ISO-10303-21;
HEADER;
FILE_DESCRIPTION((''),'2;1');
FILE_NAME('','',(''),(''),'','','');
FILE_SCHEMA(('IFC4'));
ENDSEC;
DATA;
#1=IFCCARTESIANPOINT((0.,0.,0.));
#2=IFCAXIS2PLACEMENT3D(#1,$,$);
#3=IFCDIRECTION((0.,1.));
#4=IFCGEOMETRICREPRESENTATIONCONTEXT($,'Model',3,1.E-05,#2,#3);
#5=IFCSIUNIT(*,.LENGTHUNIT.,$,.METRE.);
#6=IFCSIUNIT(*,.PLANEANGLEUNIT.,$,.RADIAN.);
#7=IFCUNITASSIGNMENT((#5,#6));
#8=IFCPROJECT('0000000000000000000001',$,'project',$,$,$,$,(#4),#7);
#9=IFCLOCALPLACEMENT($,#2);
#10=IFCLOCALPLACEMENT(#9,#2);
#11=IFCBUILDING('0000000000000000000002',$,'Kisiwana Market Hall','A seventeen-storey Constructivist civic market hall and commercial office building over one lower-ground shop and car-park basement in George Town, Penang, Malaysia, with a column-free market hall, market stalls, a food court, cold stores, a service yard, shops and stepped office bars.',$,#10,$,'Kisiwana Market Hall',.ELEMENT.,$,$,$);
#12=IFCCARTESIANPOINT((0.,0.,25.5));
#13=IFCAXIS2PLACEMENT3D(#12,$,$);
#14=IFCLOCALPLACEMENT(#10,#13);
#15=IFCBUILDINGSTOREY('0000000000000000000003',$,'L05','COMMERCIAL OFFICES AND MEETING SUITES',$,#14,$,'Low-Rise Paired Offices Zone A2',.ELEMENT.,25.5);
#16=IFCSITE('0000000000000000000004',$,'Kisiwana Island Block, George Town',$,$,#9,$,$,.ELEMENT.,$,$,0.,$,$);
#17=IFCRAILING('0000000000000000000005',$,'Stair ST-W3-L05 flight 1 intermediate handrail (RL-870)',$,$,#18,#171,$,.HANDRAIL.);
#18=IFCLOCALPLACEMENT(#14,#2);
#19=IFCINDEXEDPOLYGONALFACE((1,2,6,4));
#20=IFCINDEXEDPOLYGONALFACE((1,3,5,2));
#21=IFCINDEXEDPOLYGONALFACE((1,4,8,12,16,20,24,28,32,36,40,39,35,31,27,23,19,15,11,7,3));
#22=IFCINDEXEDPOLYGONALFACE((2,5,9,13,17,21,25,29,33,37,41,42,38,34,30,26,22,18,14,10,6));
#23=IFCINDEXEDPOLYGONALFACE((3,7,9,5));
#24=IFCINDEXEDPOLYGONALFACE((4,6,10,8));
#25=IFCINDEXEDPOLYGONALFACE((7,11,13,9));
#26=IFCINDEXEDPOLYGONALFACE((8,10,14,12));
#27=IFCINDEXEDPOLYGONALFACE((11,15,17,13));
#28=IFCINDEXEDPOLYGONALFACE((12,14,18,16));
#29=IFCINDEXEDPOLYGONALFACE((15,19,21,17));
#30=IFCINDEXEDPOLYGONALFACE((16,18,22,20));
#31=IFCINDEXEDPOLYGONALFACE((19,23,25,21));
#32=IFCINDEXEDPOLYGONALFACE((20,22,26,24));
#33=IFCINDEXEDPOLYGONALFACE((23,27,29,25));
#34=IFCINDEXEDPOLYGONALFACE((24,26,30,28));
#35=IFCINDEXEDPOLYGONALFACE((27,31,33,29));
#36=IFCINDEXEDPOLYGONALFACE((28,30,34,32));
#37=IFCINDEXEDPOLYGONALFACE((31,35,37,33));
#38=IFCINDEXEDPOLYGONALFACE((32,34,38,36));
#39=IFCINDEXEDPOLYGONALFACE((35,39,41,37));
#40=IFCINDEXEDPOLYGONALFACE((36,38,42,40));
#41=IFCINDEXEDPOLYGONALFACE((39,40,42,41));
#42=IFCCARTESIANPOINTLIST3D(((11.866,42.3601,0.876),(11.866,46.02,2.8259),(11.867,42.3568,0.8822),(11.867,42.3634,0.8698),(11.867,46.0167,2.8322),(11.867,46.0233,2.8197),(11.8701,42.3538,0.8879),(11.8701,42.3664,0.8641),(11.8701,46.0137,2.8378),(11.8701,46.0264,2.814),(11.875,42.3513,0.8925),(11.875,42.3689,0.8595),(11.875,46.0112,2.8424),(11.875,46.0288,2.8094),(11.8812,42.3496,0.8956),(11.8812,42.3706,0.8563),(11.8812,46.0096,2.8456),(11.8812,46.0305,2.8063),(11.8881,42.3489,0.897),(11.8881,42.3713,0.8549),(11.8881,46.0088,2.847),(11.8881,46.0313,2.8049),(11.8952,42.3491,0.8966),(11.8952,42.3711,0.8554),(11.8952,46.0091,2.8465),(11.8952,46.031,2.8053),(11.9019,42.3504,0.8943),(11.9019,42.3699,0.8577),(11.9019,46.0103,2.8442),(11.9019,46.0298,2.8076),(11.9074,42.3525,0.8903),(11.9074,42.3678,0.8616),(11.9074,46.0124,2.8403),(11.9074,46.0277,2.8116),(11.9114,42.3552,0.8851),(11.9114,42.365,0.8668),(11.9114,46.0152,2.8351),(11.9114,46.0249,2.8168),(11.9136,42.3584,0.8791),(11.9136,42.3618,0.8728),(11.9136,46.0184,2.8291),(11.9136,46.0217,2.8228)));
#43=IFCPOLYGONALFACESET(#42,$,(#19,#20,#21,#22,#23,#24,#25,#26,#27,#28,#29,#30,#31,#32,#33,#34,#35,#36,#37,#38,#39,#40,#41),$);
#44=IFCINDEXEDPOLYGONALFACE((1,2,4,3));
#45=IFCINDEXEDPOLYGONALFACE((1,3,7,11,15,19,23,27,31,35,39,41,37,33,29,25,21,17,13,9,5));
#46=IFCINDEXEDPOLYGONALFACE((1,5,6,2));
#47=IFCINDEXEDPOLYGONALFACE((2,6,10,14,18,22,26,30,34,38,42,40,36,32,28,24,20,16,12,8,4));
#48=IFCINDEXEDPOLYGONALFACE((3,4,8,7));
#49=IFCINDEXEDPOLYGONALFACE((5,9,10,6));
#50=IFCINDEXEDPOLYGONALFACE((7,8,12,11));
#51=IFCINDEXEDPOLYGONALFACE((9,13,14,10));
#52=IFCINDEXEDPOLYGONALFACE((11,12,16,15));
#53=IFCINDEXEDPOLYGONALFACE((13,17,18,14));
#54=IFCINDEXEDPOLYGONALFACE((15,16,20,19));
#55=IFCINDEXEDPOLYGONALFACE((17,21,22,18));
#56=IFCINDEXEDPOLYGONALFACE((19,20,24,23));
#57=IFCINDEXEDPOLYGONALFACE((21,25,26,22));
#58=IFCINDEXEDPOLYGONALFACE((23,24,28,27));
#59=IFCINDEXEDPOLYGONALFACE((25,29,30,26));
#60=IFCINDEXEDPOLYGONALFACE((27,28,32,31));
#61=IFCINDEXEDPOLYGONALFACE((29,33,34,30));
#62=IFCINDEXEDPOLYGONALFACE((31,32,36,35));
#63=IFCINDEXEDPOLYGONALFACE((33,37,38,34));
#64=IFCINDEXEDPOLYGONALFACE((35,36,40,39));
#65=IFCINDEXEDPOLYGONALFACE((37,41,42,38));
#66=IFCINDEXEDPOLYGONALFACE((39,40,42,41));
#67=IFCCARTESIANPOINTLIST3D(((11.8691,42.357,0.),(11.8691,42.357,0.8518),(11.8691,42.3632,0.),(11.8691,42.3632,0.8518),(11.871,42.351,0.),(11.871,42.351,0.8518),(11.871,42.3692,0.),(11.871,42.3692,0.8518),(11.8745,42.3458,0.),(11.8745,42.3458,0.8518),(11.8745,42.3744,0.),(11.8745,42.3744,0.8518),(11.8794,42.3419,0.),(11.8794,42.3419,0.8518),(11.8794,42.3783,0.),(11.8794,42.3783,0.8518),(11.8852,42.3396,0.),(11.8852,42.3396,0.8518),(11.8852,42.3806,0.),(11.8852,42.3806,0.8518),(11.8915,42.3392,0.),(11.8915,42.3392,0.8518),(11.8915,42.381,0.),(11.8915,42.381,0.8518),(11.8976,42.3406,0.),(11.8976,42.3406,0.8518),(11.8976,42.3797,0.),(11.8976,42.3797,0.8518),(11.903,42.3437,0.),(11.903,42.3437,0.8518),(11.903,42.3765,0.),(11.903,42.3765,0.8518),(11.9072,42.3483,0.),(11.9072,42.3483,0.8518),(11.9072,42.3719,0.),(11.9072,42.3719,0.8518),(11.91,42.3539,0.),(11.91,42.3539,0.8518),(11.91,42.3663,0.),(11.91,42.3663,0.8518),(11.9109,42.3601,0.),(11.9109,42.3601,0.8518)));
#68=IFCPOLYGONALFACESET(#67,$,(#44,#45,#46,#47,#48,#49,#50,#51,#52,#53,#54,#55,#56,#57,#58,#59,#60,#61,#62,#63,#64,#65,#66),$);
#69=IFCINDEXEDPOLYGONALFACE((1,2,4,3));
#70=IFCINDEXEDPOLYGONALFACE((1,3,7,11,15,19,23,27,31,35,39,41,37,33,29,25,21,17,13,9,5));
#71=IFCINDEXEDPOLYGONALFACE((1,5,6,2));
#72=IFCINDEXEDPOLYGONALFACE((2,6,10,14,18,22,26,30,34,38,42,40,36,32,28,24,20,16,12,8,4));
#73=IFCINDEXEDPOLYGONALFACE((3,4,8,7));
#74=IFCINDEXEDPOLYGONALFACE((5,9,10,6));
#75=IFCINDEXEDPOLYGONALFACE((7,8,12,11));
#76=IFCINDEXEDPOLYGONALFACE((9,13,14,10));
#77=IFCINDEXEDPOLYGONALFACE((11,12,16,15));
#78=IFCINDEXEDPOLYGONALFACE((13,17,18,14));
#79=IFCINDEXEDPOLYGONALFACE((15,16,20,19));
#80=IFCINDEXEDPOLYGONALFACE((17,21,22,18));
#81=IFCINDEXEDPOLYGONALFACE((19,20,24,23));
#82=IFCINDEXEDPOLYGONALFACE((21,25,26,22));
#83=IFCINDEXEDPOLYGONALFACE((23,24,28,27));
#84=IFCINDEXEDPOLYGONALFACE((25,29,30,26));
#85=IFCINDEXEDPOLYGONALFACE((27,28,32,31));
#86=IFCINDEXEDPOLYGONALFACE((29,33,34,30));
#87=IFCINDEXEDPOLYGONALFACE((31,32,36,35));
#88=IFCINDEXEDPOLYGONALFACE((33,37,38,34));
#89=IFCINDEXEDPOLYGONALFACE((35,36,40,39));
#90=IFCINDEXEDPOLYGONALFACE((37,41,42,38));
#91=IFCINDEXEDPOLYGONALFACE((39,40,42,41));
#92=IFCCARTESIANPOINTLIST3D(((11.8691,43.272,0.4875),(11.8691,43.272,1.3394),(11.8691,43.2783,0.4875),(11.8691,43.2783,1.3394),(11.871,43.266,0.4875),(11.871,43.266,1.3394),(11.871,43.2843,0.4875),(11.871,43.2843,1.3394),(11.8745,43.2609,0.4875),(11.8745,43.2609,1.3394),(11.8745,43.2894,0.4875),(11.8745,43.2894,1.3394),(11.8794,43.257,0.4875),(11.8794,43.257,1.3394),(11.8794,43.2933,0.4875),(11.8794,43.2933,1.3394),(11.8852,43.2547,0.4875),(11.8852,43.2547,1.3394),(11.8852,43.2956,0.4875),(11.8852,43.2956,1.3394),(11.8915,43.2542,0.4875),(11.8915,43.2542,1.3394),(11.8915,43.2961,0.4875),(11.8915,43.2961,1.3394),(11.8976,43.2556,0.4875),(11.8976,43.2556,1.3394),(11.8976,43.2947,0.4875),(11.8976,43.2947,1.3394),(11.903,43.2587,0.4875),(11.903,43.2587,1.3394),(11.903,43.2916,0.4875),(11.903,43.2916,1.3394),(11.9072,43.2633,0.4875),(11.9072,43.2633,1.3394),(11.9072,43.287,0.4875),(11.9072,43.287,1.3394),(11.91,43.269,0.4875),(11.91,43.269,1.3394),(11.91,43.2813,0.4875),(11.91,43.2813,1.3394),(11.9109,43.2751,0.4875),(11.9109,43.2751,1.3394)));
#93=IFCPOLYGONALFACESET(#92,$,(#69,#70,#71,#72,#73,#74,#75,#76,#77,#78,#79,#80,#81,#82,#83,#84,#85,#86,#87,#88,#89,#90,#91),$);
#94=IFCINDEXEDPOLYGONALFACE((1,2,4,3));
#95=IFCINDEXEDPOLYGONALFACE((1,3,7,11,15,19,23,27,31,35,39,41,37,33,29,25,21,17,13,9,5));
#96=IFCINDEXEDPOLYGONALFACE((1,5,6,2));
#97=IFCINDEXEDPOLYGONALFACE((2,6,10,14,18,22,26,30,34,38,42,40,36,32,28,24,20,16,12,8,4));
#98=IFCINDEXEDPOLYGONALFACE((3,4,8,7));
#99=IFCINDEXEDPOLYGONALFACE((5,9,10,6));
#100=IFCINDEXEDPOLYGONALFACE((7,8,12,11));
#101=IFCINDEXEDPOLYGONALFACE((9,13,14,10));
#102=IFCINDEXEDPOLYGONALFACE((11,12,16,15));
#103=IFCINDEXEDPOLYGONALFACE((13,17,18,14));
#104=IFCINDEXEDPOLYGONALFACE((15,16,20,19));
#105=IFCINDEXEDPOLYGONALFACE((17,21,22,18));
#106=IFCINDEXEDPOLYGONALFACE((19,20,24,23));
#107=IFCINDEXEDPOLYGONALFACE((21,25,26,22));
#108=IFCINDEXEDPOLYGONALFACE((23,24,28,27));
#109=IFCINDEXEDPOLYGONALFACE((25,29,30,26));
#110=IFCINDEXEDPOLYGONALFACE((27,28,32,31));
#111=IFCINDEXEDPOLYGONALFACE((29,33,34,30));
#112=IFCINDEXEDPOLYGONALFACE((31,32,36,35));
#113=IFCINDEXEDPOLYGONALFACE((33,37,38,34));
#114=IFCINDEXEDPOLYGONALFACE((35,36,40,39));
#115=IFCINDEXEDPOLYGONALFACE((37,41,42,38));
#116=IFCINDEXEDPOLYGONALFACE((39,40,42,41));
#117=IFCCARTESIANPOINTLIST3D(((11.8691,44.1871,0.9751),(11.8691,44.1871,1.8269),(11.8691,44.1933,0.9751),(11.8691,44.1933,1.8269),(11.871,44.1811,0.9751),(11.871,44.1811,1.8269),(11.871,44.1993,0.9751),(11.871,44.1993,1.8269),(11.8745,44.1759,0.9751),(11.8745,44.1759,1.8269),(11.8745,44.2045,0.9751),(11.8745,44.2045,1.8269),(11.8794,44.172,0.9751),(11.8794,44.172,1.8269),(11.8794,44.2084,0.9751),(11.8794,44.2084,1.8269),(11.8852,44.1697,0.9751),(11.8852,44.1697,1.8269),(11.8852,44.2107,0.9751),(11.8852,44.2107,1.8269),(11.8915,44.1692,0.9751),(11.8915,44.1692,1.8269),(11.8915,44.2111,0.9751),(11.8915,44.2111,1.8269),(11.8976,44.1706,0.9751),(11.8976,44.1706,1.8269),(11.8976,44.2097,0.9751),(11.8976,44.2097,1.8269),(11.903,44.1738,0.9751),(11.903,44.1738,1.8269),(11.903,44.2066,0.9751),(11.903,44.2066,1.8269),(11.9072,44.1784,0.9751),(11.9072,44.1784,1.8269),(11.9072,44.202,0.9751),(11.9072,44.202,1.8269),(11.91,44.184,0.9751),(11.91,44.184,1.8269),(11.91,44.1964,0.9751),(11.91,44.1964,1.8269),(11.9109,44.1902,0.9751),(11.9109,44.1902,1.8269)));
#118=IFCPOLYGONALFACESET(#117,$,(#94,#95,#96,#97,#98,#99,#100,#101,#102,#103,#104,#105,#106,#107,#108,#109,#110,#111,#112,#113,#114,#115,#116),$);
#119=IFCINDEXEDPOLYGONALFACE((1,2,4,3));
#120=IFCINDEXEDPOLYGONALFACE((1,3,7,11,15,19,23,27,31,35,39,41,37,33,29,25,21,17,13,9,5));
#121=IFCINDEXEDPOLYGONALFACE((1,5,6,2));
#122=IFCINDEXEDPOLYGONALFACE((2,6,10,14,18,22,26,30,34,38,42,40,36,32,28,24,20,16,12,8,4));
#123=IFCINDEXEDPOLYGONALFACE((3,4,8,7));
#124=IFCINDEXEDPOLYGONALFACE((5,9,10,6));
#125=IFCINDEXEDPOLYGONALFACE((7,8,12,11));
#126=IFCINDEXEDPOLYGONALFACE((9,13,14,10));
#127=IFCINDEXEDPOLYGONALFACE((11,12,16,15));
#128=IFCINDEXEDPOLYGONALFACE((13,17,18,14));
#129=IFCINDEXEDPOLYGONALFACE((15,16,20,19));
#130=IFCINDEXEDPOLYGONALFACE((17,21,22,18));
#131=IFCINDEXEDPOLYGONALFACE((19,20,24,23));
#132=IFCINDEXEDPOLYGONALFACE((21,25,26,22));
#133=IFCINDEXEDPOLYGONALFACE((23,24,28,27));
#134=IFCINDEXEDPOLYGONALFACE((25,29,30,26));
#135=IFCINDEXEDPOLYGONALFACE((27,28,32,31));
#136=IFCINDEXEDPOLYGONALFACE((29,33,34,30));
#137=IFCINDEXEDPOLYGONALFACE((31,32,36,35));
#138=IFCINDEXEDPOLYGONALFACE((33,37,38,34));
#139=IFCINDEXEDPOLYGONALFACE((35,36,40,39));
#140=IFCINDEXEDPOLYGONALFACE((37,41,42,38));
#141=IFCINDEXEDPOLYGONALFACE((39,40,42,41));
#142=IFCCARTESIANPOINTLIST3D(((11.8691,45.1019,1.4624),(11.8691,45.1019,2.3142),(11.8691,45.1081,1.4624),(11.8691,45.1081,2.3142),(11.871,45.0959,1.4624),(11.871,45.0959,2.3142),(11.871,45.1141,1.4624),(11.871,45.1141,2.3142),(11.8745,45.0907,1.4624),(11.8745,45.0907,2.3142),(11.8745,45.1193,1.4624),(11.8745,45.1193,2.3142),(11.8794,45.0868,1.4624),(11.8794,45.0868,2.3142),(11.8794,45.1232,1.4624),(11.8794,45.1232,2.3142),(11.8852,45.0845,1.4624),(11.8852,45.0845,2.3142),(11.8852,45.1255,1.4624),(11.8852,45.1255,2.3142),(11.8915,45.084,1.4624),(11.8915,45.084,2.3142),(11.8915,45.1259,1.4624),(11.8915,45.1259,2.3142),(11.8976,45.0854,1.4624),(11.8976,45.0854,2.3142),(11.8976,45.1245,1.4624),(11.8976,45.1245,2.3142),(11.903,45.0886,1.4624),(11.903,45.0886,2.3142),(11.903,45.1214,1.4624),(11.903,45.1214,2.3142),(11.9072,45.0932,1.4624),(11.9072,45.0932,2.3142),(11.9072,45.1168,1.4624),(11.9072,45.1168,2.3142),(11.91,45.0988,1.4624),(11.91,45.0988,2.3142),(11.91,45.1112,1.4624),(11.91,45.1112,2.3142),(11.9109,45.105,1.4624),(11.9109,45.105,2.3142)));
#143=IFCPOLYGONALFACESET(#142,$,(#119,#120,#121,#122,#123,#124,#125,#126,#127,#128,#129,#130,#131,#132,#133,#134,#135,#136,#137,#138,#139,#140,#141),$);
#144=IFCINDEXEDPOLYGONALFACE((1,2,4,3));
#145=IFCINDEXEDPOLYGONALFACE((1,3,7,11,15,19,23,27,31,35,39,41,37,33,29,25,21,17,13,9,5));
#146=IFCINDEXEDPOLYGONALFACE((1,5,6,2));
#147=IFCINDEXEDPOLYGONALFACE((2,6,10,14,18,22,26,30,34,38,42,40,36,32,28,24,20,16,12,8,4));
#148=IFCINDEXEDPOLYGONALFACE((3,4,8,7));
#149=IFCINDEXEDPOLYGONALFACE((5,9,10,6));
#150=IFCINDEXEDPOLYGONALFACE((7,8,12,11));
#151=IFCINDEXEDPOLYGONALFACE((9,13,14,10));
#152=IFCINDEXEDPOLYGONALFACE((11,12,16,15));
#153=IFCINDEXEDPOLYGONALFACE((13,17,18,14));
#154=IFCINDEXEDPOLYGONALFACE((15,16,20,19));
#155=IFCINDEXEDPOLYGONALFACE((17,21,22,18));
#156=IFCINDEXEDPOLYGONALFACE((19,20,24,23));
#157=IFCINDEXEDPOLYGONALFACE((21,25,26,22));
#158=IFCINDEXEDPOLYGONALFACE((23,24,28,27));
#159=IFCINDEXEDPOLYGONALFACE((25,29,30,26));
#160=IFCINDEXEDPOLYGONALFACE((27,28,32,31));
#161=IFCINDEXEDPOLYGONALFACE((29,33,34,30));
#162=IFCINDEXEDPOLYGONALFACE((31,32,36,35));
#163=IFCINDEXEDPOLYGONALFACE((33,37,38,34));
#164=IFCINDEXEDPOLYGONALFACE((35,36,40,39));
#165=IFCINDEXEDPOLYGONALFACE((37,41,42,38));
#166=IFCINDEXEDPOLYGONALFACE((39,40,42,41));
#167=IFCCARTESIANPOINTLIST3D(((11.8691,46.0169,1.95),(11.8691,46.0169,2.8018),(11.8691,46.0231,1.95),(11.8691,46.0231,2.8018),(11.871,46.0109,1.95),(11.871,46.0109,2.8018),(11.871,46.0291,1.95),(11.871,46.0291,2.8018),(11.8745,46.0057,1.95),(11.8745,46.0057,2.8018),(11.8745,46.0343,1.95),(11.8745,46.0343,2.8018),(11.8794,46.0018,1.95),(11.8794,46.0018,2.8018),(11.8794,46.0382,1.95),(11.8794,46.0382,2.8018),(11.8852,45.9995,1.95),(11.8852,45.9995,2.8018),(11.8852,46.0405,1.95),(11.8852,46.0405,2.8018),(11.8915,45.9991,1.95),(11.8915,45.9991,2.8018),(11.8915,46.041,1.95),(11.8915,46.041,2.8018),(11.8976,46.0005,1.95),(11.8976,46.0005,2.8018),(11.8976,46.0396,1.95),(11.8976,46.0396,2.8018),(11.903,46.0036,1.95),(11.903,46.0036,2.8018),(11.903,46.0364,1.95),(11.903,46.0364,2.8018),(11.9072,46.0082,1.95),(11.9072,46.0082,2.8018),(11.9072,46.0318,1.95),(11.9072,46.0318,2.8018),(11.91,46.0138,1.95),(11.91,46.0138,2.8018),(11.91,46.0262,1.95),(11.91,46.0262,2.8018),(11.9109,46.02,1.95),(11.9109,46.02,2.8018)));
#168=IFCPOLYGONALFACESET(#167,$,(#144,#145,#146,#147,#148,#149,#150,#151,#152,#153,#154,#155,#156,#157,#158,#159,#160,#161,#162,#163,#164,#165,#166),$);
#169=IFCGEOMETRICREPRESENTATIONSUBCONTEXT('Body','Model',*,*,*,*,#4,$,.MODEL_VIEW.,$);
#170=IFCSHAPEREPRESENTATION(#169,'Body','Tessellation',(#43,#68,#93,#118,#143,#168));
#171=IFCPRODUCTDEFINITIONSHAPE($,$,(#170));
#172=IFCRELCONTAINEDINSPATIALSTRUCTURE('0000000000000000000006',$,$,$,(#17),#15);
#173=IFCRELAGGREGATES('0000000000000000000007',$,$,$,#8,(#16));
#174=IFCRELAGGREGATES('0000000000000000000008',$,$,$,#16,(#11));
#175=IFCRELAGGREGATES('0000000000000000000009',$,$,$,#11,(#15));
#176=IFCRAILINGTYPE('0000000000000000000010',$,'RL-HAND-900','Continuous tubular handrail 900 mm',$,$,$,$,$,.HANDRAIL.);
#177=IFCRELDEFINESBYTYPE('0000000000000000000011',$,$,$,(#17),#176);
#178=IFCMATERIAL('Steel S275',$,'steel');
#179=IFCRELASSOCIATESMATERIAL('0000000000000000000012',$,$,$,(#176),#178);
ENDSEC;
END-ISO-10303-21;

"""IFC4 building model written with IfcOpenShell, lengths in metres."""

from ifc_helpers import new_model, si_unit, direction, frame, origin, origin_2d, place, context, subcontext, project, spatial, circle, extrude, material, type_object, element, save


model = new_model("IFC4")

# Units and contexts
model_context = context("Model", 3, precision=1e-05, world=origin(), true_north=direction((0.0, 1.0)))
body_context = subcontext(model_context, "Body", "Model", "MODEL_VIEW")
ifc_project = project(units=[si_unit("LENGTHUNIT", "METRE"), si_unit("PLANEANGLEUNIT", "RADIAN")], contexts=[model_context])

# Site, building, storey
site_placement = place(None, origin())
site = spatial("IfcSite", under=ifc_project, at=site_placement, Name="Kisiwana Island Block, George Town", CompositionType="ELEMENT", RefElevation=0.0)
building_placement = place(site_placement, origin())
building = spatial("IfcBuilding", under=site, at=building_placement, Name="Kisiwana Market Hall", Description="A seventeen-storey Constructivist civic market hall and commercial office building over one lower-ground shop and car-park basement in George Town, Penang, Malaysia, with a column-free market hall, market stalls, a food court, cold stores, a service yard, shops and stepped office bars.", LongName="Kisiwana Market Hall", CompositionType="ELEMENT")
storey_placement = place(building_placement, frame((0.0, 0.0, 25.5)))
storey = spatial("IfcBuildingStorey", under=building, at=storey_placement, Name="L05", Description="COMMERCIAL OFFICES AND MEETING SUITES", LongName="Low-Rise Paired Offices Zone A2", CompositionType="ELEMENT", Elevation=25.5)

# Railing
ifc_material_1 = material(Name="Steel S275", Category="steel")
railing_type_1 = type_object("IfcRailingType", Name="RL-HAND-900", Description="Continuous tubular handrail 900 mm", PredefinedType="HANDRAIL", material=ifc_material_1)
for number, where, name in (
    (1, (11.8899, 42.3601, 0.0), "Stair ST-W3-L05 flight 1 intermediate handrail (RL-870)"),
):
    element("IfcRailing", number, at=place(storey_placement, frame(where)), inside=storey, type_object=railing_type_1, Name=name, PredefinedType="HANDRAIL", context=body_context, shape_type="SweptSolid", body=[
        extrude(circle(Radius=0.0239, at=origin_2d()), frame((0.0, 0.0, 0.876), z_axis=(0.0, 0.882553, 0.470212), x_axis=(-1.0, 0.0, 0.0)), (0.0, 0.0, 1.0), 4.147),
        extrude(circle(Radius=0.021, at=origin_2d()), origin(), (0.0, 0.0, 1.0), 0.8518),
        extrude(circle(Radius=0.021, at=origin_2d()), frame((0.0, 0.915, 0.4875)), (0.0, 0.0, 1.0), 0.8518),
        extrude(circle(Radius=0.021, at=origin_2d()), frame((0.0, 1.8301, 0.9751)), (0.0, 0.0, 1.0), 0.8518),
        extrude(circle(Radius=0.021, at=origin_2d()), frame((0.0, 2.7449, 1.4624)), (0.0, 0.0, 1.0), 0.8518),
        extrude(circle(Radius=0.021, at=origin_2d()), frame((0.0, 3.6599, 1.95)), (0.0, 0.0, 1.0), 0.8518),
    ])

save(model, "model.ifc")
